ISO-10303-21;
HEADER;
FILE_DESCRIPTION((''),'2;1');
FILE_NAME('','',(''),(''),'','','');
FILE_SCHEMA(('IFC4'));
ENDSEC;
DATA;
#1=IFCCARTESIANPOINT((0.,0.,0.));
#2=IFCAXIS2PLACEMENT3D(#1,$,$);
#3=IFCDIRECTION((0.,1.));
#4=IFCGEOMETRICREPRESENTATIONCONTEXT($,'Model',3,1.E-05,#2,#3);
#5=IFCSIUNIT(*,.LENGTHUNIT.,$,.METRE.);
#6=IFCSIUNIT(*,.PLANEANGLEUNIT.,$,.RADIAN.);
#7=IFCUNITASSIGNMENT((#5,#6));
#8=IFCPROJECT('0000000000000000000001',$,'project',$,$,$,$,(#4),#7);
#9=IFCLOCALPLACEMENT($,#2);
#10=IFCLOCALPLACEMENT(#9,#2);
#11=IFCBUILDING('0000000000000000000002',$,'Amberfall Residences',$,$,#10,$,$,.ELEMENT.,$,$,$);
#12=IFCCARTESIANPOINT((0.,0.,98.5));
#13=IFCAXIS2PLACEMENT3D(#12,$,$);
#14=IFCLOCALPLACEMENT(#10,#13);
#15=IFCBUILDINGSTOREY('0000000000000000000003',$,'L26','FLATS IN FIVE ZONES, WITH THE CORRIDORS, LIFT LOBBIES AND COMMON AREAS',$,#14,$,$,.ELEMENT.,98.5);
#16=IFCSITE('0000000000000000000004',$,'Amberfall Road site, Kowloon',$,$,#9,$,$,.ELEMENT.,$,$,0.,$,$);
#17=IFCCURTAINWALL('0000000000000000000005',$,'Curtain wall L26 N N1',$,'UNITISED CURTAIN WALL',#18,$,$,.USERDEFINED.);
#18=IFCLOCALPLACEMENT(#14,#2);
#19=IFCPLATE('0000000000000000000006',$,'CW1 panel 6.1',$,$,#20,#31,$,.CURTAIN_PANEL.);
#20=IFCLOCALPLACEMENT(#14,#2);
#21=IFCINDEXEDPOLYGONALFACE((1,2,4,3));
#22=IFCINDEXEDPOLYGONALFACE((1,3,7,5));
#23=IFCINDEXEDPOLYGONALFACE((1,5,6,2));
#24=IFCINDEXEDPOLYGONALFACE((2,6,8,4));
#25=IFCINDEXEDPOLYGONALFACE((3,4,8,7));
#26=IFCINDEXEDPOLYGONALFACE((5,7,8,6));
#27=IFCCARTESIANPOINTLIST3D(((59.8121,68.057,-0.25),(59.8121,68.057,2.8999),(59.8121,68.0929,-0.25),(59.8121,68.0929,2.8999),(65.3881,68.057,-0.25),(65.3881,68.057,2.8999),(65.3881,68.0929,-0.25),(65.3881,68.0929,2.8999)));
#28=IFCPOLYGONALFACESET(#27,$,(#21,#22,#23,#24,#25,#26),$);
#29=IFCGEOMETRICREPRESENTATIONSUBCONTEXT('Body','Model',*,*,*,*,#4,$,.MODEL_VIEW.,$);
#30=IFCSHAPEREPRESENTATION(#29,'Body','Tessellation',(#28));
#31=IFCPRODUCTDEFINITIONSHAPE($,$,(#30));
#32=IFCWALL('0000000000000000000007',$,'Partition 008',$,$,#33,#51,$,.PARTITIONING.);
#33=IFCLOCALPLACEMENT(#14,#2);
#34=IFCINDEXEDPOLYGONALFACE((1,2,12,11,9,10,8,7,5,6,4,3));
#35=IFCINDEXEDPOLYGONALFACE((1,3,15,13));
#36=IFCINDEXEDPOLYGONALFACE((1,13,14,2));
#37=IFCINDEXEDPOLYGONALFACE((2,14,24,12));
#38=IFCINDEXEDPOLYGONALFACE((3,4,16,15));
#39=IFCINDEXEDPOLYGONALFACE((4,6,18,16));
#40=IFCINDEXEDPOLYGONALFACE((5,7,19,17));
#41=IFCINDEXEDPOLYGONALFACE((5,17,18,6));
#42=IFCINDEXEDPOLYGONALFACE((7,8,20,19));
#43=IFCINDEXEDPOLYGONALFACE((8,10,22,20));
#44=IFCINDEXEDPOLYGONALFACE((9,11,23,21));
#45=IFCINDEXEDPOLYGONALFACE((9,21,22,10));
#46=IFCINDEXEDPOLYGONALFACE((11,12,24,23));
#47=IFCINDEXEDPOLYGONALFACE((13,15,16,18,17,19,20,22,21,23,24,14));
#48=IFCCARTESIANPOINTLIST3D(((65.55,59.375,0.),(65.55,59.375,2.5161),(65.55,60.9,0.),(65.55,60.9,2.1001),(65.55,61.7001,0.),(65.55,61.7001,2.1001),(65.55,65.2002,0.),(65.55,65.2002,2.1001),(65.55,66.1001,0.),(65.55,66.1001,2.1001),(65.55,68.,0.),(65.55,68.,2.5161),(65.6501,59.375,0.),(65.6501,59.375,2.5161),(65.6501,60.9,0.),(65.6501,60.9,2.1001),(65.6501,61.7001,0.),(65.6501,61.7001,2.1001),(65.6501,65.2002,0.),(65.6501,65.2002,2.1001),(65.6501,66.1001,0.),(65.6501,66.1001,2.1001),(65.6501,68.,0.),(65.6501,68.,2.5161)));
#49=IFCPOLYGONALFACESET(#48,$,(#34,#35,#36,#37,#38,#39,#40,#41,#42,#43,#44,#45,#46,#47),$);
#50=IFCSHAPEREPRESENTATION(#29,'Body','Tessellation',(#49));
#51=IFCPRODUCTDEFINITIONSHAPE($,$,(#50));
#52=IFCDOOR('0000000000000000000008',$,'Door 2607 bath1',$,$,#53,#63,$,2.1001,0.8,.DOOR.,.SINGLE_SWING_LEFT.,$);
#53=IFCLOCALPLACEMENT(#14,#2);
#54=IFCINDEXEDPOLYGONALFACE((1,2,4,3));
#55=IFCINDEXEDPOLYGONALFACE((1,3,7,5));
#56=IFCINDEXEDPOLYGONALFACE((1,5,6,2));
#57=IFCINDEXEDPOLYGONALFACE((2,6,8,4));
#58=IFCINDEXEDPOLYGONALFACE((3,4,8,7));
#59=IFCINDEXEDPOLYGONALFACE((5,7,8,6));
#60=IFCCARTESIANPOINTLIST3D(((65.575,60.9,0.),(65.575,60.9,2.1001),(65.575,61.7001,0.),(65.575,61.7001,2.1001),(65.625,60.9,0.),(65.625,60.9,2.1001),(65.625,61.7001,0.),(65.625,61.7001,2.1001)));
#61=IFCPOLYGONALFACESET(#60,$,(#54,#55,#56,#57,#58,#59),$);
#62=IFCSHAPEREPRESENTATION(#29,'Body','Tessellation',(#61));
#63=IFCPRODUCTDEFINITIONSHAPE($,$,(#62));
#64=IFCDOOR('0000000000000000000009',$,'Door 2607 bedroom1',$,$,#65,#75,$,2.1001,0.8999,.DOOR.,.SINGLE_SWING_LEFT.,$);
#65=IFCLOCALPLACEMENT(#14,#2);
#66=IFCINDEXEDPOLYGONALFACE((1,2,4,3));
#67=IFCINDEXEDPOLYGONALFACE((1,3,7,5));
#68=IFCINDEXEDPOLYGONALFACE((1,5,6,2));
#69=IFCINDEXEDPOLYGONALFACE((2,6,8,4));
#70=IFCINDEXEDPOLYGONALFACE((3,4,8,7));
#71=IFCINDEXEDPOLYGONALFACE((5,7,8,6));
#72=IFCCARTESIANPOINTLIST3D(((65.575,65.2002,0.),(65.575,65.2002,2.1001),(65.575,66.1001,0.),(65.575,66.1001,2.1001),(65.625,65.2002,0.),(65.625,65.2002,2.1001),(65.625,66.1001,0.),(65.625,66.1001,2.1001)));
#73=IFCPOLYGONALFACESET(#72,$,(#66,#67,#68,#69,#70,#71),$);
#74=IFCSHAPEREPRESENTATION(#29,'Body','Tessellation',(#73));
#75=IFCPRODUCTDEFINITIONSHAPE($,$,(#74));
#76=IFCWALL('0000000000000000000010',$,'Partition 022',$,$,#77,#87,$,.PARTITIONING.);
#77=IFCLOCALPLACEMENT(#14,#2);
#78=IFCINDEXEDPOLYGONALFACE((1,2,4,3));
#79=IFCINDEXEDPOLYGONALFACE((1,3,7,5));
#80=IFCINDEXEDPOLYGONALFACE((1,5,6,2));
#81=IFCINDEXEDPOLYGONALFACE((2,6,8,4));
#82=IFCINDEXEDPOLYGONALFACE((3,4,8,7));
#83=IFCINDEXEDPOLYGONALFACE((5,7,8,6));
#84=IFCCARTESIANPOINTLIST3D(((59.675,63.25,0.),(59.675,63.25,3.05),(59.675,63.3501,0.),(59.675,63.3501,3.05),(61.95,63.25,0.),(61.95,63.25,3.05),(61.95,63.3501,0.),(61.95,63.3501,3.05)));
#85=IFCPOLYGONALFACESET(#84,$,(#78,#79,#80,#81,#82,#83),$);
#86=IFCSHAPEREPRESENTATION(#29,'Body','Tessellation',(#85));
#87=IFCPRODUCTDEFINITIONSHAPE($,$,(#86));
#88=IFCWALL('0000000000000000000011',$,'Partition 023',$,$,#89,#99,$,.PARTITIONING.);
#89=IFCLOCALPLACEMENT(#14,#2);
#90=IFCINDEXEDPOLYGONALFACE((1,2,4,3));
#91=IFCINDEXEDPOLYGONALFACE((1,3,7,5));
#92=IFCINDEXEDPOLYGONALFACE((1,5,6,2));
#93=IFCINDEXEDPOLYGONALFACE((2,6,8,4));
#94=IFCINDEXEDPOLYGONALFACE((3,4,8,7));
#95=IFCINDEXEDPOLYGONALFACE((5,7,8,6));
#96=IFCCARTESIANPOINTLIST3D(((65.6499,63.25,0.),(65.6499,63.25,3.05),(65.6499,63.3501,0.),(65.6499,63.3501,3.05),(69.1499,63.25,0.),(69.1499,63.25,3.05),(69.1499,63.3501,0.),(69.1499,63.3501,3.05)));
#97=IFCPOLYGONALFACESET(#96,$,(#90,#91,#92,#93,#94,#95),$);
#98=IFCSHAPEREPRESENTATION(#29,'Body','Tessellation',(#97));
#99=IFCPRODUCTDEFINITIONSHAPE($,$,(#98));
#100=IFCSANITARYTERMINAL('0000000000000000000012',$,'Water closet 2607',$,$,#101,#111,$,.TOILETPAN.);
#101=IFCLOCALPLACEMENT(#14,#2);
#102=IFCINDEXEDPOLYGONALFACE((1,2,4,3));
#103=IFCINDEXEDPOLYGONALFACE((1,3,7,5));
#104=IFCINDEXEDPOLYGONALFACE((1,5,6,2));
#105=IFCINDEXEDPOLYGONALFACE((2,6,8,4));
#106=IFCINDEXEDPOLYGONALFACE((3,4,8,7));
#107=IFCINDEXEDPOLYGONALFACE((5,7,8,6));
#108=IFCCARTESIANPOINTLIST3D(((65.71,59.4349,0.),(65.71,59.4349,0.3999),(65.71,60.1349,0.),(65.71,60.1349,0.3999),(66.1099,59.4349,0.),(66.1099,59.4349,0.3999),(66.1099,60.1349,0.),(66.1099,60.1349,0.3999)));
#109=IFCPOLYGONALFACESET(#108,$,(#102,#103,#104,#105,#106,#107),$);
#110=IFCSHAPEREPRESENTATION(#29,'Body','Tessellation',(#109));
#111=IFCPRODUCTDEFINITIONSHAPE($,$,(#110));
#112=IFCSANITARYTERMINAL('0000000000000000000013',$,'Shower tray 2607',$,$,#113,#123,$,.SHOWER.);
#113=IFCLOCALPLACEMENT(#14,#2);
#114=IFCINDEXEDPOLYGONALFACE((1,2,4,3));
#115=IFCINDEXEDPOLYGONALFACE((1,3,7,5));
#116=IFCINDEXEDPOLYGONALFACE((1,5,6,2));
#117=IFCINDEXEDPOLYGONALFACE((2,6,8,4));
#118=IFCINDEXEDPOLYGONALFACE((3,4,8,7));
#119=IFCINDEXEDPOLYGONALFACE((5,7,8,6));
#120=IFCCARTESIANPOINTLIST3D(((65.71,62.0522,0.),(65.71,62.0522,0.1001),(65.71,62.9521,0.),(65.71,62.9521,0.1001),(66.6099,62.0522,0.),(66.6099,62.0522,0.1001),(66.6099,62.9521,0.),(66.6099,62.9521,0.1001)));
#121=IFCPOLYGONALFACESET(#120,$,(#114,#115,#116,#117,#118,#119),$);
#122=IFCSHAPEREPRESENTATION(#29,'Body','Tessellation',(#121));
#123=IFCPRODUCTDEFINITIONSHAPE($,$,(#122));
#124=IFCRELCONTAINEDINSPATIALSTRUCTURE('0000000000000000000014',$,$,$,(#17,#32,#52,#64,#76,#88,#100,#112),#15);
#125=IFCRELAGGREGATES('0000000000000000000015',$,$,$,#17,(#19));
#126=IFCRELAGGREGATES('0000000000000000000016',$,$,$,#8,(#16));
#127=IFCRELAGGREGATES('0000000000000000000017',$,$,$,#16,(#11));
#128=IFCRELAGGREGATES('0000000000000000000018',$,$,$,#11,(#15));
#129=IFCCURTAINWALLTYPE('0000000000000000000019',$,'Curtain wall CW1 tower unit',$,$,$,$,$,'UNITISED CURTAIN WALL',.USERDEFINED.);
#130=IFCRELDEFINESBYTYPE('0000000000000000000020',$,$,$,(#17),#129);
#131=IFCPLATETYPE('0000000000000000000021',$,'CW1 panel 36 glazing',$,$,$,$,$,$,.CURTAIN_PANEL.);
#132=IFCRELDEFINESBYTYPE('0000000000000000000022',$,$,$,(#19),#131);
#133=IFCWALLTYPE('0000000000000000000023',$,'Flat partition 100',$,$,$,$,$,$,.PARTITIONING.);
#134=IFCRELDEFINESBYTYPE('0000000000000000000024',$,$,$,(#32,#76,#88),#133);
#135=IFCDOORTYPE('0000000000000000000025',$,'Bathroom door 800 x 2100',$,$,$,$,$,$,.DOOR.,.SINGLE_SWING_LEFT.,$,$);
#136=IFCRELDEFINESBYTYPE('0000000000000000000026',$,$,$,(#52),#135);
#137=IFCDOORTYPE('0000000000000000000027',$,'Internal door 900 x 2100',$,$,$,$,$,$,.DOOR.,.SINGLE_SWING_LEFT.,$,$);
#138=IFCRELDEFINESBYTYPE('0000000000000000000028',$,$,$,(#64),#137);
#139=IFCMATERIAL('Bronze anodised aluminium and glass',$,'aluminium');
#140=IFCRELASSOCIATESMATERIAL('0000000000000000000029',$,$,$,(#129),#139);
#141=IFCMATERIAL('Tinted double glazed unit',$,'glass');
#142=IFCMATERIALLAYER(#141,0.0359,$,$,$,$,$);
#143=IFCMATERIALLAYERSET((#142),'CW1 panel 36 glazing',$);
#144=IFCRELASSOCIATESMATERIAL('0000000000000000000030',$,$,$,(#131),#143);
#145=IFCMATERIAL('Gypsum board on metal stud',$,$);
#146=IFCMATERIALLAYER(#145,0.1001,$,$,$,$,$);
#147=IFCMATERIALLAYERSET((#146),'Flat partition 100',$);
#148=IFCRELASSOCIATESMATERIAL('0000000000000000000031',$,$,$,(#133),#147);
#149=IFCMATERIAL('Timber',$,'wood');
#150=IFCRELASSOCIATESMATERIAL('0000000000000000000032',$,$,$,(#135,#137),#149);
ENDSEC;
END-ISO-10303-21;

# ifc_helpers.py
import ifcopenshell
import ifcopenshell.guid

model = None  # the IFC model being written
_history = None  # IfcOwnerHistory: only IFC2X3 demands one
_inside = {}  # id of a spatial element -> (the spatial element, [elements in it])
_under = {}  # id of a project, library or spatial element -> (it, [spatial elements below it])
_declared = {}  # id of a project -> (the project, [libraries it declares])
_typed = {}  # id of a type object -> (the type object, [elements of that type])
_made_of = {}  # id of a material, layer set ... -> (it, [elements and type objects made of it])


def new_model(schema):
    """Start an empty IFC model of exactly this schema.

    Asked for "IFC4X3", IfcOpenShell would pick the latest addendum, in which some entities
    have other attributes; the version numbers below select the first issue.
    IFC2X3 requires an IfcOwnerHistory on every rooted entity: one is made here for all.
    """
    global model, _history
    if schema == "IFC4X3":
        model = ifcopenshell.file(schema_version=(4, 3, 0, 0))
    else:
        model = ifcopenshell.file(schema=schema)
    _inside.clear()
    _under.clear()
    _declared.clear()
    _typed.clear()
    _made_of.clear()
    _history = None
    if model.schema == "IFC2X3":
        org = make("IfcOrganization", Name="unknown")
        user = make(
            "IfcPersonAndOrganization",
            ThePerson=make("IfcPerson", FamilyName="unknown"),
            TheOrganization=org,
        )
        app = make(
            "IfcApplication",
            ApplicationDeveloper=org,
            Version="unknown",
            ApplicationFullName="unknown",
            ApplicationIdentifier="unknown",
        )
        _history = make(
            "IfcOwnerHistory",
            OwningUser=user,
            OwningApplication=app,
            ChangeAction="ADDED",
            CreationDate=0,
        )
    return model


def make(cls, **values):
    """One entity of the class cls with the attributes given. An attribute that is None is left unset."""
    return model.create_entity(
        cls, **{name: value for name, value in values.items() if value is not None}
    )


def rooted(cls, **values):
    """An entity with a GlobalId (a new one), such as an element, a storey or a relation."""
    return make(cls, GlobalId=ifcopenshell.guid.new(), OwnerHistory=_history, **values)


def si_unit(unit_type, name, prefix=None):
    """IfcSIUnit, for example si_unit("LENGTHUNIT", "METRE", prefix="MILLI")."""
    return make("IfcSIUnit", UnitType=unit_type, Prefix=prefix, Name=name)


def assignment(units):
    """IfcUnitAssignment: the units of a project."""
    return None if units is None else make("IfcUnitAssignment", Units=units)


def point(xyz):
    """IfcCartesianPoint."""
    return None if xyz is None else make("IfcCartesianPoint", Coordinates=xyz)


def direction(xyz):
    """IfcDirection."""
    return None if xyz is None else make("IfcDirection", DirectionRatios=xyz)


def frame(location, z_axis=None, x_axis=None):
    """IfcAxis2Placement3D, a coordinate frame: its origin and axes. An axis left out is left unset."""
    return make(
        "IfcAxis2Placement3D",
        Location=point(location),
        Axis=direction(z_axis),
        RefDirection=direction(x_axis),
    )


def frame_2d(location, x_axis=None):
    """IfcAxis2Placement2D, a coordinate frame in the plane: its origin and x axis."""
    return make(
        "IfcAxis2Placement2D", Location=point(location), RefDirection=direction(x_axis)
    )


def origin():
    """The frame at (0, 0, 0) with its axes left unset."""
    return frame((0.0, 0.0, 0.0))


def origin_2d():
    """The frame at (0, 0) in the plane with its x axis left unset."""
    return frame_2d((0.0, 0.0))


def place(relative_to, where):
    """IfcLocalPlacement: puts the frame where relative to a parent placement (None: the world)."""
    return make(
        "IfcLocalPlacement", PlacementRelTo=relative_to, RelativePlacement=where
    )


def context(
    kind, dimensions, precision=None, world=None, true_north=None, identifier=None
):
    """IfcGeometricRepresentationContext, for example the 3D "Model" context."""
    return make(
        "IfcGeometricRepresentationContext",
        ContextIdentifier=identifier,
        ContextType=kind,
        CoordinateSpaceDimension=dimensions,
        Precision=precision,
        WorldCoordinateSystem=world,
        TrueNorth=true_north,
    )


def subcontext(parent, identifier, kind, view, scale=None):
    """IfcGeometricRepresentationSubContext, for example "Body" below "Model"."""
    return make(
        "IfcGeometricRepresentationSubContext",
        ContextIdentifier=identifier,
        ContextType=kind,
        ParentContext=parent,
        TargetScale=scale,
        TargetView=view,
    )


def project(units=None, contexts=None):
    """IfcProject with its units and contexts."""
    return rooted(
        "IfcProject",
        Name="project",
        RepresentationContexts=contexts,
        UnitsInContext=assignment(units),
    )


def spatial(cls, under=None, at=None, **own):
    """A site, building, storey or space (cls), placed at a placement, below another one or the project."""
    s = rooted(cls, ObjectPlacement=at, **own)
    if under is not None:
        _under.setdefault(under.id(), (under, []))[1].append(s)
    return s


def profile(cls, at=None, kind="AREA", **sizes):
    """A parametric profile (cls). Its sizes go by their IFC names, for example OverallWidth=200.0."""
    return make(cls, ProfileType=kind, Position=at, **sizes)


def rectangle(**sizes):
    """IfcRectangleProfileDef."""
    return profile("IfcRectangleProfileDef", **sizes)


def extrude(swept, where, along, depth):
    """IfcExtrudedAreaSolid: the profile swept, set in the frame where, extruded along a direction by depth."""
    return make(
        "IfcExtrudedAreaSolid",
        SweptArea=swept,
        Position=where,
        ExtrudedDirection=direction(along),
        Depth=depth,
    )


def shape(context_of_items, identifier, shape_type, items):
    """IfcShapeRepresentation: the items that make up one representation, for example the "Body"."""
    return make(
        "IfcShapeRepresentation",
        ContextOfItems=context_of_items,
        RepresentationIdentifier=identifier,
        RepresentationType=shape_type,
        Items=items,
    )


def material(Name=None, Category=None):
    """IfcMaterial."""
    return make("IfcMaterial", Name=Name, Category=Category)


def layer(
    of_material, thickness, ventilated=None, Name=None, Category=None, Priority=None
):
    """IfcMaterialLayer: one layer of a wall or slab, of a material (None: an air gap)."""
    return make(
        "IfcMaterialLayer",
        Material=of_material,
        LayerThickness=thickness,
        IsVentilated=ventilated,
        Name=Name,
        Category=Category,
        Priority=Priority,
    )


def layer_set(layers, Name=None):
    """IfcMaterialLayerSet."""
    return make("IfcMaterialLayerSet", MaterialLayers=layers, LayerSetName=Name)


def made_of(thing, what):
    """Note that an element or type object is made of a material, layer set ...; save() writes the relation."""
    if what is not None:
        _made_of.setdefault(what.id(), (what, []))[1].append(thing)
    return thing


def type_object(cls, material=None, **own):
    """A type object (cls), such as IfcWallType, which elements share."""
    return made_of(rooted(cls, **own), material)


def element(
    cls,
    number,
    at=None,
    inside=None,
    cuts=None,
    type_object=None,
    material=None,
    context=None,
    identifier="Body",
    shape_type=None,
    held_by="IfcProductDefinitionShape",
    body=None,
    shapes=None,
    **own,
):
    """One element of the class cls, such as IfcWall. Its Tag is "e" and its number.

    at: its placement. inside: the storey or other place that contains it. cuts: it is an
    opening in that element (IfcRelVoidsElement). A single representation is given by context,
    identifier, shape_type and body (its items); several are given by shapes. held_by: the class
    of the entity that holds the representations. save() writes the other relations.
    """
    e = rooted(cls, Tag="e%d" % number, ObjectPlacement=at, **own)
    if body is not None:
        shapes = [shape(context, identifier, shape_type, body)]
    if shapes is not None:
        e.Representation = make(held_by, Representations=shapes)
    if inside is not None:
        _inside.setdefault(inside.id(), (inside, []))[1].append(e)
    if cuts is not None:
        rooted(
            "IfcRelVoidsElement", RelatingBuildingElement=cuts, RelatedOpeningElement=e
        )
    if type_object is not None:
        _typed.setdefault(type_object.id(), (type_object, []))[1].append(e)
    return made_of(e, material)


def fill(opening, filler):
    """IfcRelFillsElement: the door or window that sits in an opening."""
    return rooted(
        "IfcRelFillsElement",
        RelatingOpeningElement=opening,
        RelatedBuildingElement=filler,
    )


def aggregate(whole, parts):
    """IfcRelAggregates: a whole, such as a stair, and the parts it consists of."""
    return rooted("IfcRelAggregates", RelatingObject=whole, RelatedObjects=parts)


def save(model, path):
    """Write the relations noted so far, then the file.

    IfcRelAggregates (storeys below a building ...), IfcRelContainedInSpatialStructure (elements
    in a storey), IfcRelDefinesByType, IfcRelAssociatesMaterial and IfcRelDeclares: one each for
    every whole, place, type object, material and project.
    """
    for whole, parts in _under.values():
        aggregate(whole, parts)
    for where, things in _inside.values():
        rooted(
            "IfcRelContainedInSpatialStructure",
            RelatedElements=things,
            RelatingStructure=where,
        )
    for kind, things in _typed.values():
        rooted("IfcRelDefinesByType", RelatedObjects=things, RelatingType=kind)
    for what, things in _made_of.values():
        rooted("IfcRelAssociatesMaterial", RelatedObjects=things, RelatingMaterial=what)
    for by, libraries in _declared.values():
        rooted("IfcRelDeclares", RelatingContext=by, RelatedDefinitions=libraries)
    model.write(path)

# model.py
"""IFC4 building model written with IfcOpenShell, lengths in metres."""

from ifc_helpers import new_model, si_unit, direction, frame, frame_2d, origin, origin_2d, place, context, subcontext, project, spatial, rectangle, extrude, material, layer, layer_set, type_object, element, fill, aggregate, save


model = new_model("IFC4")

# Units and contexts
model_context = context("Model", 3, precision=1e-05, world=origin(), true_north=direction((0.0, 1.0)))
body_context = subcontext(model_context, "Body", "Model", "MODEL_VIEW")
ifc_project = project(units=[si_unit("LENGTHUNIT", "METRE"), si_unit("PLANEANGLEUNIT", "RADIAN")], contexts=[model_context])

# Site, building, storey
site_placement = place(None, origin())
site = spatial("IfcSite", under=ifc_project, at=site_placement, Name="Amberfall Road site, Kowloon", CompositionType="ELEMENT", RefElevation=0.0)
building_placement = place(site_placement, origin())
building = spatial("IfcBuilding", under=site, at=building_placement, Name="Amberfall Residences", CompositionType="ELEMENT")
storey_placement = place(building_placement, frame((0.0, 0.0, 98.5)))
storey = spatial("IfcBuildingStorey", under=building, at=storey_placement, Name="L26", Description="FLATS IN FIVE ZONES, WITH THE CORRIDORS, LIFT LOBBIES AND COMMON AREAS", CompositionType="ELEMENT", Elevation=98.5)

# Curtain wall
ifc_material_1 = material(Name="Bronze anodised aluminium and glass", Category="aluminium")
curtain_wall_type = type_object("IfcCurtainWallType", Name="Curtain wall CW1 tower unit", ElementType="UNITISED CURTAIN WALL", PredefinedType="USERDEFINED", material=ifc_material_1)
curtain_wall_placement = place(storey_placement, origin())
curtain_wall = element("IfcCurtainWall", 1, at=curtain_wall_placement, inside=storey, type_object=curtain_wall_type, Name="Curtain wall L26 N N1", ObjectType="UNITISED CURTAIN WALL", PredefinedType="USERDEFINED")

# Plate
ifc_material_2 = material(Name="Tinted double glazed unit", Category="glass")
ifc_layer_1 = layer(ifc_material_2, 0.0359)
ifc_layer_set_1 = layer_set([ifc_layer_1], Name="CW1 panel 36 glazing")
plate_type = type_object("IfcPlateType", Name="CW1 panel 36 glazing", PredefinedType="CURTAIN_PANEL", material=ifc_layer_set_1)
plate_1_placement = place(storey_placement, frame((62.6001, 68.075, -0.25), z_axis=(0.0, 0.0, 1.0), x_axis=(-1.0, 0.0, 0.0)))
plate_1 = element("IfcPlate", 2, at=plate_1_placement, type_object=plate_type, Name="CW1 panel 6.1", PredefinedType="CURTAIN_PANEL", context=body_context, shape_type="SweptSolid", body=[
    extrude(rectangle(XDim=5.5759, YDim=0.0359, at=origin_2d()), origin(), (0.0, 0.0, 1.0), 3.1499),
])
aggregate(curtain_wall, [plate_1])

# Wall, openings, doors
ifc_material_3 = material(Name="Gypsum board on metal stud")
ifc_layer_2 = layer(ifc_material_3, 0.1001)
ifc_layer_set_2 = layer_set([ifc_layer_2], Name="Flat partition 100")
wall_type = type_object("IfcWallType", Name="Flat partition 100", PredefinedType="PARTITIONING", material=ifc_layer_set_2)
wall_1_placement = place(storey_placement, frame((65.6001, 68.0, 0.0), z_axis=(0.0, 0.0, 1.0), x_axis=(0.0, -1.0, 0.0)))
wall_1 = element("IfcWall", 3, at=wall_1_placement, inside=storey, type_object=wall_type, Name="Partition 008", PredefinedType="PARTITIONING", context=body_context, shape_type="SweptSolid", body=[
    extrude(rectangle(XDim=8.625, YDim=0.1001, at=frame_2d((4.3125, 0.0))), origin(), (0.0, 0.0, 1.0), 2.5161),
])
opening_1_placement = place(wall_1_placement, frame((1.8999, 0.0, 0.0)))
opening_1 = element("IfcOpeningElement", 4, at=opening_1_placement, cuts=wall_1, PredefinedType="OPENING", context=body_context, shape_type="SweptSolid", body=[
    extrude(rectangle(XDim=0.8999, YDim=2.1001, at=frame_2d((0.45, 1.05))), frame((0.0, 0.0601, 0.0), z_axis=(0.0, -1.0, 0.0), x_axis=(1.0, 0.0, 0.0)), (0.0, 0.0, 1.0), 0.1201),
])
opening_2_placement = place(wall_1_placement, frame((6.3, 0.0, 0.0)))
opening_2 = element("IfcOpeningElement", 5, at=opening_2_placement, cuts=wall_1, PredefinedType="OPENING", context=body_context, shape_type="SweptSolid", body=[
    extrude(rectangle(XDim=0.8, YDim=2.1001, at=frame_2d((0.3999, 1.05))), frame((0.0, 0.0601, 0.0), z_axis=(0.0, -1.0, 0.0), x_axis=(1.0, 0.0, 0.0)), (0.0, 0.0, 1.0), 0.1201),
])
ifc_material_4 = material(Name="Timber", Category="wood")
door_type_1 = type_object("IfcDoorType", Name="Bathroom door 800 x 2100", OperationType="SINGLE_SWING_LEFT", PredefinedType="DOOR", material=ifc_material_4)
door_1_placement = place(opening_2_placement, origin())
door_1 = element("IfcDoor", 6, at=door_1_placement, inside=storey, type_object=door_type_1, Name="Door 2607 bath1", OperationType="SINGLE_SWING_LEFT", OverallHeight=2.1001, OverallWidth=0.8, PredefinedType="DOOR", context=body_context, shape_type="SweptSolid", body=[
    extrude(rectangle(XDim=0.8, YDim=2.1001, at=frame_2d((0.3999, 1.05))), frame((0.0, 0.0249, 0.0), z_axis=(0.0, -1.0, 0.0), x_axis=(1.0, 0.0, 0.0)), (0.0, 0.0, 1.0), 0.05),
])
fill(opening_2, door_1)
door_type_2 = type_object("IfcDoorType", Name="Internal door 900 x 2100", OperationType="SINGLE_SWING_LEFT", PredefinedType="DOOR", material=ifc_material_4)
door_2_placement = place(opening_1_placement, origin())
door_2 = element("IfcDoor", 7, at=door_2_placement, inside=storey, type_object=door_type_2, Name="Door 2607 bedroom1", OperationType="SINGLE_SWING_LEFT", OverallHeight=2.1001, OverallWidth=0.8999, PredefinedType="DOOR", context=body_context, shape_type="SweptSolid", body=[
    extrude(rectangle(XDim=0.8999, YDim=2.1001, at=frame_2d((0.45, 1.05))), frame((0.0, 0.0249, 0.0), z_axis=(0.0, -1.0, 0.0), x_axis=(1.0, 0.0, 0.0)), (0.0, 0.0, 1.0), 0.05),
])
fill(opening_1, door_2)

# Walls
wall_2_placement = place(storey_placement, frame((59.675, 63.3, 0.0), z_axis=(0.0, 0.0, 1.0), x_axis=(1.0, 0.0, 0.0)))
element("IfcWall", 8, at=wall_2_placement, inside=storey, type_object=wall_type, Name="Partition 022", PredefinedType="PARTITIONING", context=body_context, shape_type="SweptSolid", body=[
    extrude(rectangle(XDim=2.2749, YDim=0.1001, at=frame_2d((1.1375, 0.0))), origin(), (0.0, 0.0, 1.0), 3.05),
])
wall_3_placement = place(storey_placement, frame((65.6499, 63.3, 0.0), z_axis=(0.0, 0.0, 1.0), x_axis=(1.0, 0.0, 0.0)))
element("IfcWall", 9, at=wall_3_placement, inside=storey, type_object=wall_type, Name="Partition 023", PredefinedType="PARTITIONING", context=body_context, shape_type="SweptSolid", body=[
    extrude(rectangle(XDim=3.5, YDim=0.1001, at=frame_2d((1.75, 0.0))), origin(), (0.0, 0.0, 1.0), 3.05),
])

# Sanitary terminals
sanitary_terminal_1_placement = place(storey_placement, frame((65.9099, 59.7849, 0.0), z_axis=(0.0, 0.0, 1.0), x_axis=(1.0, 0.0, 0.0)))
element("IfcSanitaryTerminal", 10, at=sanitary_terminal_1_placement, inside=storey, Name="Water closet 2607", PredefinedType="TOILETPAN", context=body_context, shape_type="SweptSolid", body=[
    extrude(rectangle(XDim=0.3999, YDim=0.7, at=origin_2d()), origin(), (0.0, 0.0, 1.0), 0.3999),
])
sanitary_terminal_2_placement = place(storey_placement, frame((66.1599, 62.5022, 0.0), z_axis=(0.0, 0.0, 1.0), x_axis=(1.0, 0.0, 0.0)))
element("IfcSanitaryTerminal", 11, at=sanitary_terminal_2_placement, inside=storey, Name="Shower tray 2607", PredefinedType="SHOWER", context=body_context, shape_type="SweptSolid", body=[
    extrude(rectangle(XDim=0.8999, YDim=0.8999, at=origin_2d()), origin(), (0.0, 0.0, 1.0), 0.1001),
])

save(model, "model.ifc")
